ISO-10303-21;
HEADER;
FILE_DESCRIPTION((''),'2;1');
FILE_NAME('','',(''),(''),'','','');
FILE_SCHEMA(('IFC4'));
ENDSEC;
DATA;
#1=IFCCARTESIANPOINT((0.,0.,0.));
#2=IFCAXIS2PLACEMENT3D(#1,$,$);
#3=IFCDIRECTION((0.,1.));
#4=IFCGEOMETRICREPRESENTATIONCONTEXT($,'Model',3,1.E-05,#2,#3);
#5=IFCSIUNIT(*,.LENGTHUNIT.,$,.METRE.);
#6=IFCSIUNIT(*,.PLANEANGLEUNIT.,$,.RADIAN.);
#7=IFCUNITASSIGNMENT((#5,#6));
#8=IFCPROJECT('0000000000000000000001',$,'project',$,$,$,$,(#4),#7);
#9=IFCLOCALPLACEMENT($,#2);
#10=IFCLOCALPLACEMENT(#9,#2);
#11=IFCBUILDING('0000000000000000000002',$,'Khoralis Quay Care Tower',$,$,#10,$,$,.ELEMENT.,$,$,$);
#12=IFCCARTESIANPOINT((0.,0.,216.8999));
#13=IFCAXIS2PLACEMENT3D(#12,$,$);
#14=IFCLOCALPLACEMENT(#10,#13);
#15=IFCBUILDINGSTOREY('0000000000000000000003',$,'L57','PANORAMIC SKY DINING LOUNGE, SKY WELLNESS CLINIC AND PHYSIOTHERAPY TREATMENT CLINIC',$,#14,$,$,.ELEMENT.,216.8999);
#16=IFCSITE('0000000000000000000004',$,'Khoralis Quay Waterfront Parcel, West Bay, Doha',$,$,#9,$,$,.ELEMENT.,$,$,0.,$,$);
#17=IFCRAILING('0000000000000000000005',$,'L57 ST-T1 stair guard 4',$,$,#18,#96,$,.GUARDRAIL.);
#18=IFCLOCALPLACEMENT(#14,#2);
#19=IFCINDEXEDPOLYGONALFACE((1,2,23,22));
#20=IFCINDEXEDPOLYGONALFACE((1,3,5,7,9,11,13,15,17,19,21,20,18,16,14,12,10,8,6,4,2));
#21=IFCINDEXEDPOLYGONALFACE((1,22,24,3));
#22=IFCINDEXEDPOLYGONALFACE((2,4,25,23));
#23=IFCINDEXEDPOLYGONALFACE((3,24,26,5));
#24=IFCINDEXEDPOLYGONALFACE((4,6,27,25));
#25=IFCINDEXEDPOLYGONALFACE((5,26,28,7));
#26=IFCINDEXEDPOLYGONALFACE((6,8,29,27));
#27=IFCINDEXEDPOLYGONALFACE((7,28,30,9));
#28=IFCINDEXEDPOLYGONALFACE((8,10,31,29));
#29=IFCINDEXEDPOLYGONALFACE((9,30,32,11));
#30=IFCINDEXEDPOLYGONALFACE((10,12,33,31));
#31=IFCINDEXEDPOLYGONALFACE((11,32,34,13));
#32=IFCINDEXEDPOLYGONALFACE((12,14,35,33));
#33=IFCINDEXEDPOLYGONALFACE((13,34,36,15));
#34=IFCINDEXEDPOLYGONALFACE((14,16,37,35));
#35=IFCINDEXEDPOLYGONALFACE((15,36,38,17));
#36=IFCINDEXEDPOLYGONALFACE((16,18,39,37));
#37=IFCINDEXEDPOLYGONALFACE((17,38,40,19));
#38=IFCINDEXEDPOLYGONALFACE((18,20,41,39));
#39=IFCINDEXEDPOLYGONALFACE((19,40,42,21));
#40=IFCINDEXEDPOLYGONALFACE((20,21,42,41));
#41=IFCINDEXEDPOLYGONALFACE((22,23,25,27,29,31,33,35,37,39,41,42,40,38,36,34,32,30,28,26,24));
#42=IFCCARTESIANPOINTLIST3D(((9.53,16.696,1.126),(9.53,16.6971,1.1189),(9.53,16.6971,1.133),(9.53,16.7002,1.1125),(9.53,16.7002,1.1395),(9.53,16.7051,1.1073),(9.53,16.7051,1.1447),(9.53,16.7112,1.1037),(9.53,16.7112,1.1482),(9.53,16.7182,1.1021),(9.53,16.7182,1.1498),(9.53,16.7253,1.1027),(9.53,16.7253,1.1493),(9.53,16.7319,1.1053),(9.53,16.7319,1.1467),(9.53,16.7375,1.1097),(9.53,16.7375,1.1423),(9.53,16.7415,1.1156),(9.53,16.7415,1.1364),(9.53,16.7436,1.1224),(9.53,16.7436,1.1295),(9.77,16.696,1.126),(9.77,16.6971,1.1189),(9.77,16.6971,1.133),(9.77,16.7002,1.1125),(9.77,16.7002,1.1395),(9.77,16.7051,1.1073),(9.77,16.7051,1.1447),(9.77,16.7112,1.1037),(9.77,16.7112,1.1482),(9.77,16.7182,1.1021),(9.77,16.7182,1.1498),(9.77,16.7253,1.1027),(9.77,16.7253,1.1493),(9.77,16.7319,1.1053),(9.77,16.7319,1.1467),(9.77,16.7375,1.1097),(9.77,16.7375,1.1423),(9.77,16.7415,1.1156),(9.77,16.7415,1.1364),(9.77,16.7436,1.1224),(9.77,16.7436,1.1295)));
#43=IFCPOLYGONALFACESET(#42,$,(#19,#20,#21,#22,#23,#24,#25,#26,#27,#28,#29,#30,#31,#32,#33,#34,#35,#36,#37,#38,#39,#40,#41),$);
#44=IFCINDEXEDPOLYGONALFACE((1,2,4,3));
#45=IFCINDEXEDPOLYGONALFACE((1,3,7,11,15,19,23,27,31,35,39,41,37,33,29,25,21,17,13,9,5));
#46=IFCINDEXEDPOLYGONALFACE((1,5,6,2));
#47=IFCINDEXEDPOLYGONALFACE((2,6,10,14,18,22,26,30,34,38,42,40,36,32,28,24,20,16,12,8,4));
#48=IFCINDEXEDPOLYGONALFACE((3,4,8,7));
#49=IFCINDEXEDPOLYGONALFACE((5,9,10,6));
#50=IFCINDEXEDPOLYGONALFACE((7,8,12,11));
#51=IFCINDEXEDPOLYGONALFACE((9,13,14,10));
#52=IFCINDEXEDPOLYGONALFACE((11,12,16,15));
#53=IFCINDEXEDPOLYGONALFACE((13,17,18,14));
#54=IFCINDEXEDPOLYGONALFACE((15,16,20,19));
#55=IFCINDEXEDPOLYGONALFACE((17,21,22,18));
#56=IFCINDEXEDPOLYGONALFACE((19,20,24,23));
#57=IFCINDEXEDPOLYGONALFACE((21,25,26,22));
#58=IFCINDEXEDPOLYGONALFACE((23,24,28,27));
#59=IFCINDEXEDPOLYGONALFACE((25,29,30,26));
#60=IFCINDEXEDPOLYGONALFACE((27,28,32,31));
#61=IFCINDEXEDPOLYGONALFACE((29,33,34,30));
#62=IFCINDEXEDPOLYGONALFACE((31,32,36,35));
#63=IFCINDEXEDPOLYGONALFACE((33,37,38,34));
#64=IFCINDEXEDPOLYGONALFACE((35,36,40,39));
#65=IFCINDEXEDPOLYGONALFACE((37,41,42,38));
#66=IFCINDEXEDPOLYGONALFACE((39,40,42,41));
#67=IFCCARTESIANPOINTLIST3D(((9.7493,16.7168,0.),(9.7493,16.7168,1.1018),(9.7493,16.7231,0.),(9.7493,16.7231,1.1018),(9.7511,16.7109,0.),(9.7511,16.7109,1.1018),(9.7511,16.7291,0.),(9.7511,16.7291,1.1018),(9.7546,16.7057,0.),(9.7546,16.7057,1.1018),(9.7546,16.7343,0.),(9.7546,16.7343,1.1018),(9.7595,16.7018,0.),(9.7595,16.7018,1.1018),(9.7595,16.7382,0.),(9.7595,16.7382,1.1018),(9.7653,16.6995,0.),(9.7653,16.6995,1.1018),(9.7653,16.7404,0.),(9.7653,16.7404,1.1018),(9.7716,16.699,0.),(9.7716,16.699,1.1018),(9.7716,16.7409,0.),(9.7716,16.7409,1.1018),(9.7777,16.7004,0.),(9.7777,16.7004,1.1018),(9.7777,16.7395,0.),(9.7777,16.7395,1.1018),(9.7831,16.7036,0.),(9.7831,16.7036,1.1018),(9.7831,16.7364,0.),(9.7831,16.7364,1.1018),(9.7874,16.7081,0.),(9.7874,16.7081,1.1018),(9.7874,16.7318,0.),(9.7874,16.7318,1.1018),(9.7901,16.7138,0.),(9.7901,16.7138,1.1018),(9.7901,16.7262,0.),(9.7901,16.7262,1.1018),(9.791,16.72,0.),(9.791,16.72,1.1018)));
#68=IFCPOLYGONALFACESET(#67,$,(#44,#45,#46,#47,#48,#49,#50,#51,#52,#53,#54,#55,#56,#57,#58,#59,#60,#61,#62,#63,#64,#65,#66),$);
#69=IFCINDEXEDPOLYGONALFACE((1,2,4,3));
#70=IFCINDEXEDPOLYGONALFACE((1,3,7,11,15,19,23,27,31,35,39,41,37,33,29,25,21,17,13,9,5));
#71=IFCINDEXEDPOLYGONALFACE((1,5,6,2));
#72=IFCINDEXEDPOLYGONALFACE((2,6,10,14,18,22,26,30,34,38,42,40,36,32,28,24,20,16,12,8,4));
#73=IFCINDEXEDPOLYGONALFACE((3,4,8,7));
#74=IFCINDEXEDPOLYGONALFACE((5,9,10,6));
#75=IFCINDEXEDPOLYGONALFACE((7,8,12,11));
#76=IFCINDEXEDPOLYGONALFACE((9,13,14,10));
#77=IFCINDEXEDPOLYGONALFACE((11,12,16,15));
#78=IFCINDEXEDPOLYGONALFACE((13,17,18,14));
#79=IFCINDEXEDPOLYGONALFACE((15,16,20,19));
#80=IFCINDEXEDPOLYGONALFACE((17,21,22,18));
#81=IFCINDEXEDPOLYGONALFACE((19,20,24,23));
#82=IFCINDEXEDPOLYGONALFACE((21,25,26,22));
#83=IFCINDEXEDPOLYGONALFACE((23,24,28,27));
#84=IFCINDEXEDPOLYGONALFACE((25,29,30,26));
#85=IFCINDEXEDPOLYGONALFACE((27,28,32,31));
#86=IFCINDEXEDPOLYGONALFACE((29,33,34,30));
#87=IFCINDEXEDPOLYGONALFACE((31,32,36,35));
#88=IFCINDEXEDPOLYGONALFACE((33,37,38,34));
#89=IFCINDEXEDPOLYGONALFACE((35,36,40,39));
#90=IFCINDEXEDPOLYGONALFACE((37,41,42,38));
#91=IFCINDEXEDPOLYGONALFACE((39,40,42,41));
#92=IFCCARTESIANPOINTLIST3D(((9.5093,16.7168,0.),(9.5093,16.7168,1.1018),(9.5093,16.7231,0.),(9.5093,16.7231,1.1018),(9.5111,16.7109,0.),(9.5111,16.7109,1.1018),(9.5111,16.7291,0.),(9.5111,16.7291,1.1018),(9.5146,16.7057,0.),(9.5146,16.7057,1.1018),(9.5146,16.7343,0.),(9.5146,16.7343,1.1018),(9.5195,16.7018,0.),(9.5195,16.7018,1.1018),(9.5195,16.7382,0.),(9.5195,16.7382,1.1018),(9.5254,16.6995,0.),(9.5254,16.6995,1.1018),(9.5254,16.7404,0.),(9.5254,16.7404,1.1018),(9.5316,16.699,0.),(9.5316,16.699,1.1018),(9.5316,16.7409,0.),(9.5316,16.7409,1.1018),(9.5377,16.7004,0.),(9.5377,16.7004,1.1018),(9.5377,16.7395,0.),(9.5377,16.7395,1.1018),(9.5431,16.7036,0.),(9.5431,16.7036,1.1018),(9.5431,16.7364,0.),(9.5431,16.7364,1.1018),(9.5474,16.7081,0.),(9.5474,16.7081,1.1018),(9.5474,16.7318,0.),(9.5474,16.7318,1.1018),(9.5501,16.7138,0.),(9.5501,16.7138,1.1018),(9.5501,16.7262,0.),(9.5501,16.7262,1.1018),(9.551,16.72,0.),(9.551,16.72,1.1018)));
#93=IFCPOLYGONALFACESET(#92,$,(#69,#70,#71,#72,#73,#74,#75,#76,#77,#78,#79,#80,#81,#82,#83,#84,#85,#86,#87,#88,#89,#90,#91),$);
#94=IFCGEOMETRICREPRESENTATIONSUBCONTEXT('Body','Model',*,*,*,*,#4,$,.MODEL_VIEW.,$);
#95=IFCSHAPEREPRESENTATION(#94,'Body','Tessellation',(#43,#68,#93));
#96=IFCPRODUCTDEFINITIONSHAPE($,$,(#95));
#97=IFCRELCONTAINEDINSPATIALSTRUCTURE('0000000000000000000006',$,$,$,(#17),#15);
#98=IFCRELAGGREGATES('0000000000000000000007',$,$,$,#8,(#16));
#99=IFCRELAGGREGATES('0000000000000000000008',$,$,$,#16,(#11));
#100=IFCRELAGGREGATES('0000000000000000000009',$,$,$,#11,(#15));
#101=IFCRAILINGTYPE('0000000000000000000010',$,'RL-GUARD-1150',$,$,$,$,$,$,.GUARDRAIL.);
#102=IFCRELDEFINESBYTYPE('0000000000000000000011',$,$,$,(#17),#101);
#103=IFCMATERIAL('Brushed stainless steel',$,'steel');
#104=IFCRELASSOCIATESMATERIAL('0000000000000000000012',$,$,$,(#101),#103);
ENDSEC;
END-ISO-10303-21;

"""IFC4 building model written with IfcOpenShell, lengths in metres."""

from ifc_helpers import new_model, si_unit, direction, frame, origin, origin_2d, place, context, subcontext, project, spatial, circle, extrude, material, type_object, element, save


model = new_model("IFC4")

# Units and contexts
model_context = context("Model", 3, precision=1e-05, world=origin(), true_north=direction((0.0, 1.0)))
body_context = subcontext(model_context, "Body", "Model", "MODEL_VIEW")
ifc_project = project(units=[si_unit("LENGTHUNIT", "METRE"), si_unit("PLANEANGLEUNIT", "RADIAN")], contexts=[model_context])

# Site, building, storey
site_placement = place(None, origin())
site = spatial("IfcSite", under=ifc_project, at=site_placement, Name="Khoralis Quay Waterfront Parcel, West Bay, Doha", CompositionType="ELEMENT", RefElevation=0.0)
building_placement = place(site_placement, origin())
building = spatial("IfcBuilding", under=site, at=building_placement, Name="Khoralis Quay Care Tower", CompositionType="ELEMENT")
storey_placement = place(building_placement, frame((0.0, 0.0, 216.8999)))
storey = spatial("IfcBuildingStorey", under=building, at=storey_placement, Name="L57", Description="PANORAMIC SKY DINING LOUNGE, SKY WELLNESS CLINIC AND PHYSIOTHERAPY TREATMENT CLINIC", CompositionType="ELEMENT", Elevation=216.8999)

# Shared definitions
ifc_material_1 = material(Name="Brushed stainless steel", Category="steel")

# Railing
railing_type_1 = type_object("IfcRailingType", Name="RL-GUARD-1150", PredefinedType="GUARDRAIL", material=ifc_material_1)
railing_1_placement = place(storey_placement, frame((9.77, 16.72, 0.0)))
element("IfcRailing", 1, at=railing_1_placement, inside=storey, type_object=railing_type_1, Name="L57 ST-T1 stair guard 4", PredefinedType="GUARDRAIL", context=body_context, shape_type="SweptSolid", body=[
    extrude(circle(Radius=0.0239, at=origin_2d()), frame((0.0, 0.0, 1.126), z_axis=(-1.0, 0.0, 0.0), x_axis=(0.0, -1.0, 0.0)), (0.0, 0.0, 1.0), 0.24),
    extrude(circle(Radius=0.021, at=origin_2d()), origin(), (0.0, 0.0, 1.0), 1.1018),
    extrude(circle(Radius=0.021, at=origin_2d()), frame((-0.24, 0.0, 0.0)), (0.0, 0.0, 1.0), 1.1018),
])

save(model, "model.ifc")
